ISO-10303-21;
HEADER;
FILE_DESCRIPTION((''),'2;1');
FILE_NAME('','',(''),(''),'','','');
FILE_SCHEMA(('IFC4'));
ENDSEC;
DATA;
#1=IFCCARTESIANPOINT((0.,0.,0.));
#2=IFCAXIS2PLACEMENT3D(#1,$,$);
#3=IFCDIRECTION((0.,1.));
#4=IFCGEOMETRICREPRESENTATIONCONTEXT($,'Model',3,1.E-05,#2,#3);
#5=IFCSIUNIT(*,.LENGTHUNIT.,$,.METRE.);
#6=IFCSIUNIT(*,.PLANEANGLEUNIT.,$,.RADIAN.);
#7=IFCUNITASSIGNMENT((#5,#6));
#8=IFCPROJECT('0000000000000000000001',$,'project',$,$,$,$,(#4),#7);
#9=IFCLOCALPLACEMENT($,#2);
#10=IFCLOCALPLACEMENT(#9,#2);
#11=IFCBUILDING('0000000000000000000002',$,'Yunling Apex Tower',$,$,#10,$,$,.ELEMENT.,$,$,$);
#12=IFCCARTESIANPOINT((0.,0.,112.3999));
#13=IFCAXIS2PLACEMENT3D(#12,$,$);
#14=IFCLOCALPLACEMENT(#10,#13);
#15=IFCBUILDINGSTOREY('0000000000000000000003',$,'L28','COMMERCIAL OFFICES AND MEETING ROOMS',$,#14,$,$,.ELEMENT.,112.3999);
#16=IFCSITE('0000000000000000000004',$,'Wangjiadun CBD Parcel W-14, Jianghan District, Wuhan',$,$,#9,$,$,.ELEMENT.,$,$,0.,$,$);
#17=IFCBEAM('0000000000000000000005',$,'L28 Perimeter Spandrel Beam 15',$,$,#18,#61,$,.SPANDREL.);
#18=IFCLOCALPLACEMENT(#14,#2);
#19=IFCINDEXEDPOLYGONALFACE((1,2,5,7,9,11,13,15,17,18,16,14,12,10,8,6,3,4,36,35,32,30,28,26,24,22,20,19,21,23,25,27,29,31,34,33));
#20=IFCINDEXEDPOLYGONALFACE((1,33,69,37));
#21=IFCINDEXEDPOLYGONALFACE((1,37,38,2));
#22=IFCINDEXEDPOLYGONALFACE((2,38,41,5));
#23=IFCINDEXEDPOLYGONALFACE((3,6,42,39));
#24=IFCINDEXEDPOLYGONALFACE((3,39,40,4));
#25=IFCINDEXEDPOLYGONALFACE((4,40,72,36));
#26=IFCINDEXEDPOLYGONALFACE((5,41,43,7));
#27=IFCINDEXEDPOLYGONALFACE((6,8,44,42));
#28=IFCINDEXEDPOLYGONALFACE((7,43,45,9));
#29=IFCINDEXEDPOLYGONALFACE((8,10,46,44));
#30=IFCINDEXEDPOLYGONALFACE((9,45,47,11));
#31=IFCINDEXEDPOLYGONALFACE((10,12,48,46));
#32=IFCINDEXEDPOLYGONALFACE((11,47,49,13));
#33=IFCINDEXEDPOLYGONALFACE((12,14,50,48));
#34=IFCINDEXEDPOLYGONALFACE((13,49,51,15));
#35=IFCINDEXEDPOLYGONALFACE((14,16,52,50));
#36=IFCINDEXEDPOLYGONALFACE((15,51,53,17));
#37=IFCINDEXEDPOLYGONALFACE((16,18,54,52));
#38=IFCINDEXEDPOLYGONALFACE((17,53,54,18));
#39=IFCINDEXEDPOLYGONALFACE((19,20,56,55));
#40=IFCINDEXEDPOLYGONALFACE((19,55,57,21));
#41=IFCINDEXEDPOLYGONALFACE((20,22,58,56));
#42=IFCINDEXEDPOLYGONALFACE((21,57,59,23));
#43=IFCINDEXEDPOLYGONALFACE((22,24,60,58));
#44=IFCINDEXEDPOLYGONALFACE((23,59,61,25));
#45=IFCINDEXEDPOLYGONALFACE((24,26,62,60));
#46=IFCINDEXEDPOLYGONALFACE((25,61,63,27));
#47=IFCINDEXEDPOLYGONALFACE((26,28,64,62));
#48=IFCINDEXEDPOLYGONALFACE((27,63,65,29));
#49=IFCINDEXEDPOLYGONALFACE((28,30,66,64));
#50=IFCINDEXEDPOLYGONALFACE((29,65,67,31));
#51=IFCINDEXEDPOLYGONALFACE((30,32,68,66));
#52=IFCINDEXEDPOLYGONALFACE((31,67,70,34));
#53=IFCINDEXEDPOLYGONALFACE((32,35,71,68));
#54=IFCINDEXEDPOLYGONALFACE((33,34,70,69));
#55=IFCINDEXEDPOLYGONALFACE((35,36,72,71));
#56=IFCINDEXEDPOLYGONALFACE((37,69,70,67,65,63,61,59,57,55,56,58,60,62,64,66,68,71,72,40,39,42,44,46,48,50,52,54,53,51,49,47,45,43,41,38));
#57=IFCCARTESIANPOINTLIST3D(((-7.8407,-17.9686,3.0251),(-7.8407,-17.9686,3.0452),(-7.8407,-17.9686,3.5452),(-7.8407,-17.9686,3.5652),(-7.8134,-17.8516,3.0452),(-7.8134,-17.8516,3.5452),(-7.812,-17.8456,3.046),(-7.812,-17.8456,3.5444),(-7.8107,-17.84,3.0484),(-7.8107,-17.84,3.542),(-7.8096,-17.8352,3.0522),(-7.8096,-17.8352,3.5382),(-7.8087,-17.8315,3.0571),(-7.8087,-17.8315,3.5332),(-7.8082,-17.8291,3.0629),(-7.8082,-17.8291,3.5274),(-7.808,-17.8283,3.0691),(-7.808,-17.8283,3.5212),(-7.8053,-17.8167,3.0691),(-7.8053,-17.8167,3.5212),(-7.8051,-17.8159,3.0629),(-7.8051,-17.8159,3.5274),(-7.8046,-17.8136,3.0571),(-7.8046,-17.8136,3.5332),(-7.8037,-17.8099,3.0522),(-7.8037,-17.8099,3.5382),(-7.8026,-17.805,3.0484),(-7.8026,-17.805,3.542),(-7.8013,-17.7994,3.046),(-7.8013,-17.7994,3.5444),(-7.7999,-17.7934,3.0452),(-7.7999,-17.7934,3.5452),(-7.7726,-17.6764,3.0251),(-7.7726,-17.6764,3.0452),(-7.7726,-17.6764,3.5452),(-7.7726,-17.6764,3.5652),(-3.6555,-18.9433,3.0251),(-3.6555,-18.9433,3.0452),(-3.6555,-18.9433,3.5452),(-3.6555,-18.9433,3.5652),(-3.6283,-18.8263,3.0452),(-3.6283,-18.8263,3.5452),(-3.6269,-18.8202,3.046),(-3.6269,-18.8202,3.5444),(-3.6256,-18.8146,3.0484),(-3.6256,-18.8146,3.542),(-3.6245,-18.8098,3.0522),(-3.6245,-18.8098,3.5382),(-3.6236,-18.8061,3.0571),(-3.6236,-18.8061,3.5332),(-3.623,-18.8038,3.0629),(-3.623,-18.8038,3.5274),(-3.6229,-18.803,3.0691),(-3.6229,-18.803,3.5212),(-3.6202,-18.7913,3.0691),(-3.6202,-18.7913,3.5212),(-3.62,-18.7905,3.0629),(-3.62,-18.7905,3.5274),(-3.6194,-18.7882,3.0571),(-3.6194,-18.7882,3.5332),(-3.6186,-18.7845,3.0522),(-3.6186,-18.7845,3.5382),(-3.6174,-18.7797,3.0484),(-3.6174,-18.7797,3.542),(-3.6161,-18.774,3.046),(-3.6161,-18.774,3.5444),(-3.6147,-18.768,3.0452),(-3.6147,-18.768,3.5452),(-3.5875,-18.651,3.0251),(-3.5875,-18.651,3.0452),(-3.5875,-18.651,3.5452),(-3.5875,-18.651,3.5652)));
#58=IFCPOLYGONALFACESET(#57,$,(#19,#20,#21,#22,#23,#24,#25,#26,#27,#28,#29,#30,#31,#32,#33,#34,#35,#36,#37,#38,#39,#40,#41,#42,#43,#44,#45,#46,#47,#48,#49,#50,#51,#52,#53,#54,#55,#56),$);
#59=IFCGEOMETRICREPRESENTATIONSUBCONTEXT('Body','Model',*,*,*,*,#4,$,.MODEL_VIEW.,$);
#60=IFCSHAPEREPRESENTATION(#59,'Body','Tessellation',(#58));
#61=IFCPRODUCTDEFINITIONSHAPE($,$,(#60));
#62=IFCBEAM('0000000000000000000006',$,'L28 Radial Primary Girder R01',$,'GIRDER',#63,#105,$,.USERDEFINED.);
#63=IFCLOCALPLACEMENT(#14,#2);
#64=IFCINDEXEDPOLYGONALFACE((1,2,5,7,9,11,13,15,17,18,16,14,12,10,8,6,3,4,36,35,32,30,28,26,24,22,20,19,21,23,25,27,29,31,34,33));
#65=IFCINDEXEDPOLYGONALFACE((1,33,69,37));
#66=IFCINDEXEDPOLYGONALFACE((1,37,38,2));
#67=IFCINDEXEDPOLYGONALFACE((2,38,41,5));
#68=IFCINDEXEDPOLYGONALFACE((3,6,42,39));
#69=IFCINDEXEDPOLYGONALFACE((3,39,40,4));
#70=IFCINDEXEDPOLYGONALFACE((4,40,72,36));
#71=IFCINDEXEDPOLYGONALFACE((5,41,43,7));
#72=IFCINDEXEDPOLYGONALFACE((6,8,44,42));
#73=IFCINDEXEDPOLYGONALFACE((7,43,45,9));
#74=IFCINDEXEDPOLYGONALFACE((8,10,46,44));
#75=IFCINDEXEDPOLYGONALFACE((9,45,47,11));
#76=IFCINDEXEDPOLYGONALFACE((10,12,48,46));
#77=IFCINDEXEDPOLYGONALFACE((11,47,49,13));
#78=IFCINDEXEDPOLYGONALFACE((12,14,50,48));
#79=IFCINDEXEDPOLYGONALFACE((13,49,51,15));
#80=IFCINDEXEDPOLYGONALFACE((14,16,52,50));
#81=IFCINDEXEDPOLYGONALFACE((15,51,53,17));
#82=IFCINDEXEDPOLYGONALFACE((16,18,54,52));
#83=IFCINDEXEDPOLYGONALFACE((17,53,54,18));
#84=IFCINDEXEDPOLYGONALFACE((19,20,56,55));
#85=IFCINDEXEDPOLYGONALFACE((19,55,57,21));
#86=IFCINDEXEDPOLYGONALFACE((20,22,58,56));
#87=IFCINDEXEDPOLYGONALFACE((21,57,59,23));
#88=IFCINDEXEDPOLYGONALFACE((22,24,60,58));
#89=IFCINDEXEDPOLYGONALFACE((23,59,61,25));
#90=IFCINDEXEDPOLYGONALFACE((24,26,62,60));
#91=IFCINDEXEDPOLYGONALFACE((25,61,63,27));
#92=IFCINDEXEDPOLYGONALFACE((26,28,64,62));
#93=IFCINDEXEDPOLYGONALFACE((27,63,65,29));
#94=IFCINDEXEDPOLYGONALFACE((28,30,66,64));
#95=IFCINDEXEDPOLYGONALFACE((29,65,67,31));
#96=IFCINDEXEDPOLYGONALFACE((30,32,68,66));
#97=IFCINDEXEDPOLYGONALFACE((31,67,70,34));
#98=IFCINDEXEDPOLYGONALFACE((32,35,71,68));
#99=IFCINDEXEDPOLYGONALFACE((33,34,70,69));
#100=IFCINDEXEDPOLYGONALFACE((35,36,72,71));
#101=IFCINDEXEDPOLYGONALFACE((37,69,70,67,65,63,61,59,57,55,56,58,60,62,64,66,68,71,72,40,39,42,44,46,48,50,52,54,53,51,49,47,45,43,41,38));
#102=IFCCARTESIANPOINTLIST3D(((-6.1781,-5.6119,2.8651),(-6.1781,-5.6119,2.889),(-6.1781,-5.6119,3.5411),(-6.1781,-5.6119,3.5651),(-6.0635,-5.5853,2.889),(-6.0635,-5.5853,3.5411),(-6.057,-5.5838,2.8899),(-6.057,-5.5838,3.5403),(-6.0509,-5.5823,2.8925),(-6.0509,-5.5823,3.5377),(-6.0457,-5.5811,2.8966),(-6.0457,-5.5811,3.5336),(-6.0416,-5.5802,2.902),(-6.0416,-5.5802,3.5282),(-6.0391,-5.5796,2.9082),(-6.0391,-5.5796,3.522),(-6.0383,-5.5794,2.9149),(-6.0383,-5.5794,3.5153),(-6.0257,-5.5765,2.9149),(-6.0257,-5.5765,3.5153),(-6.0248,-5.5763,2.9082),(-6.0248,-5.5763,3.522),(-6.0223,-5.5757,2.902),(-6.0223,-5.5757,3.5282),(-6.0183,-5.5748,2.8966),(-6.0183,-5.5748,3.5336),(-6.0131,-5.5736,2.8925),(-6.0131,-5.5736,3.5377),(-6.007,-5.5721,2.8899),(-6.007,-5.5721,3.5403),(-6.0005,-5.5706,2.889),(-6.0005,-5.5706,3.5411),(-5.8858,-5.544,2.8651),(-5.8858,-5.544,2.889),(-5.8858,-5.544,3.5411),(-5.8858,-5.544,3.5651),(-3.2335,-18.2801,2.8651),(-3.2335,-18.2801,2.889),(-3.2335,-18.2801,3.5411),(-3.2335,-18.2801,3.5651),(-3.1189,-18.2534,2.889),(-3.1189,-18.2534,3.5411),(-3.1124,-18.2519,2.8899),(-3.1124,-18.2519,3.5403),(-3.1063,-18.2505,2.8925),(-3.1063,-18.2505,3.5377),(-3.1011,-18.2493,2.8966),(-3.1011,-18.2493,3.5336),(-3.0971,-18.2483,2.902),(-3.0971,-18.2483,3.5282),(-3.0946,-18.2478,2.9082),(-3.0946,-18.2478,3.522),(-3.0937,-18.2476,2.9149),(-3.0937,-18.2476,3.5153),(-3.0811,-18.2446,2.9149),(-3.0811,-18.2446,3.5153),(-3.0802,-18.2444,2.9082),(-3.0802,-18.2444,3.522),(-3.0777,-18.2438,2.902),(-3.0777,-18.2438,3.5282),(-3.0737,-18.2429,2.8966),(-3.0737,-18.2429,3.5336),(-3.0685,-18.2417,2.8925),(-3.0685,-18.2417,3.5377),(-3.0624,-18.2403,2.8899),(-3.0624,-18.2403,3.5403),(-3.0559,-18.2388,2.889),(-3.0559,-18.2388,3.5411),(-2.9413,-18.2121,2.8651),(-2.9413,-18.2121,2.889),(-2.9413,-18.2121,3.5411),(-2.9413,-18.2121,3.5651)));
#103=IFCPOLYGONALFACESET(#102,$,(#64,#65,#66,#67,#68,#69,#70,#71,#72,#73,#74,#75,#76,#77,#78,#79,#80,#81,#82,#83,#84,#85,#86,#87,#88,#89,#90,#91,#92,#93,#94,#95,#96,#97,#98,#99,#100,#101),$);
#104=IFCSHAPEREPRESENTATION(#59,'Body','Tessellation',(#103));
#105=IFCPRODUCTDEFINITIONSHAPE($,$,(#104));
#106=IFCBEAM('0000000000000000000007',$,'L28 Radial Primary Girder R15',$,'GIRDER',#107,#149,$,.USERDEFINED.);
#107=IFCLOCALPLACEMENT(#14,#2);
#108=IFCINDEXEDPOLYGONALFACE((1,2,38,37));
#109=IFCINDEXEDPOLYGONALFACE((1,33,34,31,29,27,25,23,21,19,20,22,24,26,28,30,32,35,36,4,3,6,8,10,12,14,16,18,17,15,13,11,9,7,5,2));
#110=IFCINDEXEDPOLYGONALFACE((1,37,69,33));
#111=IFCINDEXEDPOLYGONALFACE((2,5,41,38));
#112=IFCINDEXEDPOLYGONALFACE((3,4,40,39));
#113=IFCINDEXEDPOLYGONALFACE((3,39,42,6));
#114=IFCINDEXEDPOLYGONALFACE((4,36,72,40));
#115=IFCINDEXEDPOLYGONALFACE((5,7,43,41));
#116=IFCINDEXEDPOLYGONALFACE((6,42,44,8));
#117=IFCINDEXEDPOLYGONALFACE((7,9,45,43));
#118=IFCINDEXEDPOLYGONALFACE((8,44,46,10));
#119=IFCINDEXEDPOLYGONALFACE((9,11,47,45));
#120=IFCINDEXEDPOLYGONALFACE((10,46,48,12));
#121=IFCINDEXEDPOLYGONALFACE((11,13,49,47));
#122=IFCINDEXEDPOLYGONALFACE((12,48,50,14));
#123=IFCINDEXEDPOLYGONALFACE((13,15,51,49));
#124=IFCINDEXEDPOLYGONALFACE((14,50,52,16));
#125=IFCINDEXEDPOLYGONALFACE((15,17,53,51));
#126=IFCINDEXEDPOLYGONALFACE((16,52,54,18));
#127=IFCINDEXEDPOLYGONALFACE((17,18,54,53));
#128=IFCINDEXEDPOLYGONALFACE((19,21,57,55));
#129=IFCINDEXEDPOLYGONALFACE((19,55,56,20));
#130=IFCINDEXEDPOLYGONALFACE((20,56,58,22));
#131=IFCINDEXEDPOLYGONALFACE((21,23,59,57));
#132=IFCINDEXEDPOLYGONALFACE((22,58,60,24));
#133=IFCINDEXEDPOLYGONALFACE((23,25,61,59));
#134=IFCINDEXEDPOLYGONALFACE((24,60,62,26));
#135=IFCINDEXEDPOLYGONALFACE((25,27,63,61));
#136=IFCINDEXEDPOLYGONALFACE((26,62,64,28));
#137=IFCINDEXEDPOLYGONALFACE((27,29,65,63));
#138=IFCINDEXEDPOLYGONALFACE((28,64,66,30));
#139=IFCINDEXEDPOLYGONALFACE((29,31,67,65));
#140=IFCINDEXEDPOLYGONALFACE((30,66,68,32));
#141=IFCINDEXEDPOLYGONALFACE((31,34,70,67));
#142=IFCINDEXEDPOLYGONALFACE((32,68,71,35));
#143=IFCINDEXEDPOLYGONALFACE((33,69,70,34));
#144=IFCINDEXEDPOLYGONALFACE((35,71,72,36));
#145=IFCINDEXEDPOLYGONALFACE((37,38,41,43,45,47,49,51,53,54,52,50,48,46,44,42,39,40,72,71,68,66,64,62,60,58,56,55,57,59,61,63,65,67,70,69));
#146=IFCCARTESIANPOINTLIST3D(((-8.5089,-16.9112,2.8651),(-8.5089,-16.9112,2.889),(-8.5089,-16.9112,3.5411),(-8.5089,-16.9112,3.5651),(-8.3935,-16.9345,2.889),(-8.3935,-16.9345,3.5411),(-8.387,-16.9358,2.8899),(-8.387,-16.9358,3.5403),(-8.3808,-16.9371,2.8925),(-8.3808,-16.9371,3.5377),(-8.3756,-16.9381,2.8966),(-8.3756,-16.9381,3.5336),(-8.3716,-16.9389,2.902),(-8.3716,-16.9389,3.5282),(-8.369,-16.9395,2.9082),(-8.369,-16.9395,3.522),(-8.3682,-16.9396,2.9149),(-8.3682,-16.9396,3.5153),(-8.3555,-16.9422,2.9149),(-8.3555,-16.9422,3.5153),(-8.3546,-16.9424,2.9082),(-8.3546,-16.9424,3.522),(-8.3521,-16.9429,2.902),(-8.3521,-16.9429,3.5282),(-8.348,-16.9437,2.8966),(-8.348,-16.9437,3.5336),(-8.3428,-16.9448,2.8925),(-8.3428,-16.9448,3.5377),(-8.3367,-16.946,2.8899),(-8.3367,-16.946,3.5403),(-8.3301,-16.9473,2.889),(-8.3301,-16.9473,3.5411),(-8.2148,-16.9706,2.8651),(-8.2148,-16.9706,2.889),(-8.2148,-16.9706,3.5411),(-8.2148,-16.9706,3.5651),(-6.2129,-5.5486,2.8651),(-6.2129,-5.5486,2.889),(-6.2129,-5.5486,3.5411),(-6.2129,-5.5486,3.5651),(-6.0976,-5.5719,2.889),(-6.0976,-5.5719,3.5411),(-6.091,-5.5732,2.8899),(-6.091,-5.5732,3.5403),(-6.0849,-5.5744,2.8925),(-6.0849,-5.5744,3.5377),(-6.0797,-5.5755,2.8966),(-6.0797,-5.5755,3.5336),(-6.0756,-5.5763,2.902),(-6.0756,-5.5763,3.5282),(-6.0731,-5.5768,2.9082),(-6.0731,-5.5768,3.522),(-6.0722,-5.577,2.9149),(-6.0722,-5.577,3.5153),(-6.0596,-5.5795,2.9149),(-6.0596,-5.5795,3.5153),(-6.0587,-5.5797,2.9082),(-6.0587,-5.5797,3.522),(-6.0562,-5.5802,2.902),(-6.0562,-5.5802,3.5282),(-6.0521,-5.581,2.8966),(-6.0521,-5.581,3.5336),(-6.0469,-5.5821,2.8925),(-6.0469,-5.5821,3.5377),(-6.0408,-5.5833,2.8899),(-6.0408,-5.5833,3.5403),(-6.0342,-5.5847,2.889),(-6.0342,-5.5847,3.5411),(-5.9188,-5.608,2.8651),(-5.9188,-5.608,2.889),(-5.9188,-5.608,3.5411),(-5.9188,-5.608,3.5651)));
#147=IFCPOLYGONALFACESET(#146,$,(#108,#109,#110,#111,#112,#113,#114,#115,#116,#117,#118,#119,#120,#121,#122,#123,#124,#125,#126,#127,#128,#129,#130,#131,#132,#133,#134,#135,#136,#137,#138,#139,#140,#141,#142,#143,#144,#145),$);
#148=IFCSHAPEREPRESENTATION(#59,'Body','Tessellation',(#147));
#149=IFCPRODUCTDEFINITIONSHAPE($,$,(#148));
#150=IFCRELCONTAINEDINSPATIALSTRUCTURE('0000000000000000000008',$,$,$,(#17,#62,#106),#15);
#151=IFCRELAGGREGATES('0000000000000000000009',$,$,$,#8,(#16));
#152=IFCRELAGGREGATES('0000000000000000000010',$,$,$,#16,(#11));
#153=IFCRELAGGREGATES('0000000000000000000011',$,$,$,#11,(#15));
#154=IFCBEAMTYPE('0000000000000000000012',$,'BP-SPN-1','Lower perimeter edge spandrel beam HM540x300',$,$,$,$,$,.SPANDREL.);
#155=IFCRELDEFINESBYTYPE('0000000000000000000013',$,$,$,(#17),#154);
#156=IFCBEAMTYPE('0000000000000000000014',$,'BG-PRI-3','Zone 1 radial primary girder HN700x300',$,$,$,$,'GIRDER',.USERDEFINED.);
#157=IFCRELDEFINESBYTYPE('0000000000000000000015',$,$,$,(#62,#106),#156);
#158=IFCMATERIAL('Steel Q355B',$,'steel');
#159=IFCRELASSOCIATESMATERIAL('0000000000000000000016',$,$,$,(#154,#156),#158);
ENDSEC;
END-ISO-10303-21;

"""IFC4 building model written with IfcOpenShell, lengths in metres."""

from ifc_helpers import new_model, si_unit, direction, frame, origin, origin_2d, place, context, subcontext, project, spatial, i_section, extrude, source, transform, mapped, material, material_profile, profile_set, type_object, element, save


model = new_model("IFC4")

# Units and contexts
model_context = context("Model", 3, precision=1e-05, world=origin(), true_north=direction((0.0, 1.0)))
body_context = subcontext(model_context, "Body", "Model", "MODEL_VIEW")
ifc_project = project(units=[si_unit("LENGTHUNIT", "METRE"), si_unit("PLANEANGLEUNIT", "RADIAN")], contexts=[model_context])

# Site, building, storey
site_placement = place(None, origin())
site = spatial("IfcSite", under=ifc_project, at=site_placement, Name="Wangjiadun CBD Parcel W-14, Jianghan District, Wuhan", CompositionType="ELEMENT", RefElevation=0.0)
building_placement = place(site_placement, origin())
building = spatial("IfcBuilding", under=site, at=building_placement, Name="Yunling Apex Tower", CompositionType="ELEMENT")
storey_placement = place(building_placement, frame((0.0, 0.0, 112.3999)))
storey = spatial("IfcBuildingStorey", under=building, at=storey_placement, Name="L28", Description="COMMERCIAL OFFICES AND MEETING ROOMS", CompositionType="ELEMENT", Elevation=112.3999)

# Beams
ifc_material_1 = material(Name="Steel Q355B", Category="steel")
ifc_material_profile_1 = material_profile(ifc_material_1, i_section(OverallWidth=0.3, OverallDepth=0.54, WebThickness=0.012, FlangeThickness=0.02, FilletRadius=0.0239, at=origin_2d()))
ifc_profile_set_1 = profile_set([ifc_material_profile_1], Name="Steel Q355B")
beam_type_1 = type_object("IfcBeamType", Name="BP-SPN-1", Description="Lower perimeter edge spandrel beam HM540x300", PredefinedType="SPANDREL", material=ifc_profile_set_1)
shared_shape_1 = source(origin(), body_context, "Body", "SweptSolid", [
    extrude(i_section(OverallWidth=0.3, OverallDepth=0.54, WebThickness=0.012, FlangeThickness=0.02, FilletRadius=0.0239, at=origin_2d()), origin(), (0.0, 0.0, 1.0), 4.2971),
])
beam_1_placement = place(storey_placement, frame((-7.8066, -17.8225, 3.2952), z_axis=(0.973939, -0.226809, 0.0), x_axis=(0.226809, 0.973939, 0.0)))
element("IfcBeam", 1, at=beam_1_placement, inside=storey, type_object=beam_type_1, Name="L28 Perimeter Spandrel Beam 15", PredefinedType="SPANDREL", context=body_context, shape_type="MappedRepresentation", body=[
    mapped(shared_shape_1, transform((0.0, 0.0, 0.0), scale=1.0)),
])
ifc_material_profile_2 = material_profile(ifc_material_1, i_section(OverallWidth=0.3, OverallDepth=0.7, WebThickness=0.0129, FlangeThickness=0.0239, FilletRadius=0.0259, at=origin_2d()))
ifc_profile_set_2 = profile_set([ifc_material_profile_2], Name="Steel Q355B")
beam_type_2 = type_object("IfcBeamType", Name="BG-PRI-3", Description="Zone 1 radial primary girder HN700x300", ElementType="GIRDER", PredefinedType="USERDEFINED", material=ifc_profile_set_2)
shared_shape_2 = source(origin(), body_context, "Body", "SweptSolid", [
    extrude(i_section(OverallWidth=0.3, OverallDepth=0.7, WebThickness=0.0129, FlangeThickness=0.0239, FilletRadius=0.0259, at=origin_2d()), origin(), (0.0, 0.0, 1.0), 13.0059),
])
beam_2_placement = place(storey_placement, frame((-3.0874, -18.2461, 3.2151), z_axis=(-0.226403, 0.974034, 0.0), x_axis=(-0.974034, -0.226403, 0.0)))
element("IfcBeam", 2, at=beam_2_placement, inside=storey, type_object=beam_type_2, Name="L28 Radial Primary Girder R01", ObjectType="GIRDER", PredefinedType="USERDEFINED", context=body_context, shape_type="MappedRepresentation", body=[
    mapped(shared_shape_2, transform((0.0, 0.0, 0.0), scale=1.0)),
])
shared_shape_3 = source(origin(), body_context, "Body", "SweptSolid", [
    extrude(i_section(OverallWidth=0.3, OverallDepth=0.7, WebThickness=0.0129, FlangeThickness=0.0239, FilletRadius=0.0259, at=origin_2d()), origin(), (0.0, 0.0, 1.0), 11.5923),
])
beam_3_placement = place(storey_placement, frame((-8.3618, -16.9409, 3.2151), z_axis=(0.198056, 0.980191, 0.0), x_axis=(-0.980191, 0.198056, 0.0)))
element("IfcBeam", 3, at=beam_3_placement, inside=storey, type_object=beam_type_2, Name="L28 Radial Primary Girder R15", ObjectType="GIRDER", PredefinedType="USERDEFINED", context=body_context, shape_type="MappedRepresentation", body=[
    mapped(shared_shape_3, transform((0.0, 0.0, 0.0), scale=1.0)),
])

save(model, "model.ifc")
